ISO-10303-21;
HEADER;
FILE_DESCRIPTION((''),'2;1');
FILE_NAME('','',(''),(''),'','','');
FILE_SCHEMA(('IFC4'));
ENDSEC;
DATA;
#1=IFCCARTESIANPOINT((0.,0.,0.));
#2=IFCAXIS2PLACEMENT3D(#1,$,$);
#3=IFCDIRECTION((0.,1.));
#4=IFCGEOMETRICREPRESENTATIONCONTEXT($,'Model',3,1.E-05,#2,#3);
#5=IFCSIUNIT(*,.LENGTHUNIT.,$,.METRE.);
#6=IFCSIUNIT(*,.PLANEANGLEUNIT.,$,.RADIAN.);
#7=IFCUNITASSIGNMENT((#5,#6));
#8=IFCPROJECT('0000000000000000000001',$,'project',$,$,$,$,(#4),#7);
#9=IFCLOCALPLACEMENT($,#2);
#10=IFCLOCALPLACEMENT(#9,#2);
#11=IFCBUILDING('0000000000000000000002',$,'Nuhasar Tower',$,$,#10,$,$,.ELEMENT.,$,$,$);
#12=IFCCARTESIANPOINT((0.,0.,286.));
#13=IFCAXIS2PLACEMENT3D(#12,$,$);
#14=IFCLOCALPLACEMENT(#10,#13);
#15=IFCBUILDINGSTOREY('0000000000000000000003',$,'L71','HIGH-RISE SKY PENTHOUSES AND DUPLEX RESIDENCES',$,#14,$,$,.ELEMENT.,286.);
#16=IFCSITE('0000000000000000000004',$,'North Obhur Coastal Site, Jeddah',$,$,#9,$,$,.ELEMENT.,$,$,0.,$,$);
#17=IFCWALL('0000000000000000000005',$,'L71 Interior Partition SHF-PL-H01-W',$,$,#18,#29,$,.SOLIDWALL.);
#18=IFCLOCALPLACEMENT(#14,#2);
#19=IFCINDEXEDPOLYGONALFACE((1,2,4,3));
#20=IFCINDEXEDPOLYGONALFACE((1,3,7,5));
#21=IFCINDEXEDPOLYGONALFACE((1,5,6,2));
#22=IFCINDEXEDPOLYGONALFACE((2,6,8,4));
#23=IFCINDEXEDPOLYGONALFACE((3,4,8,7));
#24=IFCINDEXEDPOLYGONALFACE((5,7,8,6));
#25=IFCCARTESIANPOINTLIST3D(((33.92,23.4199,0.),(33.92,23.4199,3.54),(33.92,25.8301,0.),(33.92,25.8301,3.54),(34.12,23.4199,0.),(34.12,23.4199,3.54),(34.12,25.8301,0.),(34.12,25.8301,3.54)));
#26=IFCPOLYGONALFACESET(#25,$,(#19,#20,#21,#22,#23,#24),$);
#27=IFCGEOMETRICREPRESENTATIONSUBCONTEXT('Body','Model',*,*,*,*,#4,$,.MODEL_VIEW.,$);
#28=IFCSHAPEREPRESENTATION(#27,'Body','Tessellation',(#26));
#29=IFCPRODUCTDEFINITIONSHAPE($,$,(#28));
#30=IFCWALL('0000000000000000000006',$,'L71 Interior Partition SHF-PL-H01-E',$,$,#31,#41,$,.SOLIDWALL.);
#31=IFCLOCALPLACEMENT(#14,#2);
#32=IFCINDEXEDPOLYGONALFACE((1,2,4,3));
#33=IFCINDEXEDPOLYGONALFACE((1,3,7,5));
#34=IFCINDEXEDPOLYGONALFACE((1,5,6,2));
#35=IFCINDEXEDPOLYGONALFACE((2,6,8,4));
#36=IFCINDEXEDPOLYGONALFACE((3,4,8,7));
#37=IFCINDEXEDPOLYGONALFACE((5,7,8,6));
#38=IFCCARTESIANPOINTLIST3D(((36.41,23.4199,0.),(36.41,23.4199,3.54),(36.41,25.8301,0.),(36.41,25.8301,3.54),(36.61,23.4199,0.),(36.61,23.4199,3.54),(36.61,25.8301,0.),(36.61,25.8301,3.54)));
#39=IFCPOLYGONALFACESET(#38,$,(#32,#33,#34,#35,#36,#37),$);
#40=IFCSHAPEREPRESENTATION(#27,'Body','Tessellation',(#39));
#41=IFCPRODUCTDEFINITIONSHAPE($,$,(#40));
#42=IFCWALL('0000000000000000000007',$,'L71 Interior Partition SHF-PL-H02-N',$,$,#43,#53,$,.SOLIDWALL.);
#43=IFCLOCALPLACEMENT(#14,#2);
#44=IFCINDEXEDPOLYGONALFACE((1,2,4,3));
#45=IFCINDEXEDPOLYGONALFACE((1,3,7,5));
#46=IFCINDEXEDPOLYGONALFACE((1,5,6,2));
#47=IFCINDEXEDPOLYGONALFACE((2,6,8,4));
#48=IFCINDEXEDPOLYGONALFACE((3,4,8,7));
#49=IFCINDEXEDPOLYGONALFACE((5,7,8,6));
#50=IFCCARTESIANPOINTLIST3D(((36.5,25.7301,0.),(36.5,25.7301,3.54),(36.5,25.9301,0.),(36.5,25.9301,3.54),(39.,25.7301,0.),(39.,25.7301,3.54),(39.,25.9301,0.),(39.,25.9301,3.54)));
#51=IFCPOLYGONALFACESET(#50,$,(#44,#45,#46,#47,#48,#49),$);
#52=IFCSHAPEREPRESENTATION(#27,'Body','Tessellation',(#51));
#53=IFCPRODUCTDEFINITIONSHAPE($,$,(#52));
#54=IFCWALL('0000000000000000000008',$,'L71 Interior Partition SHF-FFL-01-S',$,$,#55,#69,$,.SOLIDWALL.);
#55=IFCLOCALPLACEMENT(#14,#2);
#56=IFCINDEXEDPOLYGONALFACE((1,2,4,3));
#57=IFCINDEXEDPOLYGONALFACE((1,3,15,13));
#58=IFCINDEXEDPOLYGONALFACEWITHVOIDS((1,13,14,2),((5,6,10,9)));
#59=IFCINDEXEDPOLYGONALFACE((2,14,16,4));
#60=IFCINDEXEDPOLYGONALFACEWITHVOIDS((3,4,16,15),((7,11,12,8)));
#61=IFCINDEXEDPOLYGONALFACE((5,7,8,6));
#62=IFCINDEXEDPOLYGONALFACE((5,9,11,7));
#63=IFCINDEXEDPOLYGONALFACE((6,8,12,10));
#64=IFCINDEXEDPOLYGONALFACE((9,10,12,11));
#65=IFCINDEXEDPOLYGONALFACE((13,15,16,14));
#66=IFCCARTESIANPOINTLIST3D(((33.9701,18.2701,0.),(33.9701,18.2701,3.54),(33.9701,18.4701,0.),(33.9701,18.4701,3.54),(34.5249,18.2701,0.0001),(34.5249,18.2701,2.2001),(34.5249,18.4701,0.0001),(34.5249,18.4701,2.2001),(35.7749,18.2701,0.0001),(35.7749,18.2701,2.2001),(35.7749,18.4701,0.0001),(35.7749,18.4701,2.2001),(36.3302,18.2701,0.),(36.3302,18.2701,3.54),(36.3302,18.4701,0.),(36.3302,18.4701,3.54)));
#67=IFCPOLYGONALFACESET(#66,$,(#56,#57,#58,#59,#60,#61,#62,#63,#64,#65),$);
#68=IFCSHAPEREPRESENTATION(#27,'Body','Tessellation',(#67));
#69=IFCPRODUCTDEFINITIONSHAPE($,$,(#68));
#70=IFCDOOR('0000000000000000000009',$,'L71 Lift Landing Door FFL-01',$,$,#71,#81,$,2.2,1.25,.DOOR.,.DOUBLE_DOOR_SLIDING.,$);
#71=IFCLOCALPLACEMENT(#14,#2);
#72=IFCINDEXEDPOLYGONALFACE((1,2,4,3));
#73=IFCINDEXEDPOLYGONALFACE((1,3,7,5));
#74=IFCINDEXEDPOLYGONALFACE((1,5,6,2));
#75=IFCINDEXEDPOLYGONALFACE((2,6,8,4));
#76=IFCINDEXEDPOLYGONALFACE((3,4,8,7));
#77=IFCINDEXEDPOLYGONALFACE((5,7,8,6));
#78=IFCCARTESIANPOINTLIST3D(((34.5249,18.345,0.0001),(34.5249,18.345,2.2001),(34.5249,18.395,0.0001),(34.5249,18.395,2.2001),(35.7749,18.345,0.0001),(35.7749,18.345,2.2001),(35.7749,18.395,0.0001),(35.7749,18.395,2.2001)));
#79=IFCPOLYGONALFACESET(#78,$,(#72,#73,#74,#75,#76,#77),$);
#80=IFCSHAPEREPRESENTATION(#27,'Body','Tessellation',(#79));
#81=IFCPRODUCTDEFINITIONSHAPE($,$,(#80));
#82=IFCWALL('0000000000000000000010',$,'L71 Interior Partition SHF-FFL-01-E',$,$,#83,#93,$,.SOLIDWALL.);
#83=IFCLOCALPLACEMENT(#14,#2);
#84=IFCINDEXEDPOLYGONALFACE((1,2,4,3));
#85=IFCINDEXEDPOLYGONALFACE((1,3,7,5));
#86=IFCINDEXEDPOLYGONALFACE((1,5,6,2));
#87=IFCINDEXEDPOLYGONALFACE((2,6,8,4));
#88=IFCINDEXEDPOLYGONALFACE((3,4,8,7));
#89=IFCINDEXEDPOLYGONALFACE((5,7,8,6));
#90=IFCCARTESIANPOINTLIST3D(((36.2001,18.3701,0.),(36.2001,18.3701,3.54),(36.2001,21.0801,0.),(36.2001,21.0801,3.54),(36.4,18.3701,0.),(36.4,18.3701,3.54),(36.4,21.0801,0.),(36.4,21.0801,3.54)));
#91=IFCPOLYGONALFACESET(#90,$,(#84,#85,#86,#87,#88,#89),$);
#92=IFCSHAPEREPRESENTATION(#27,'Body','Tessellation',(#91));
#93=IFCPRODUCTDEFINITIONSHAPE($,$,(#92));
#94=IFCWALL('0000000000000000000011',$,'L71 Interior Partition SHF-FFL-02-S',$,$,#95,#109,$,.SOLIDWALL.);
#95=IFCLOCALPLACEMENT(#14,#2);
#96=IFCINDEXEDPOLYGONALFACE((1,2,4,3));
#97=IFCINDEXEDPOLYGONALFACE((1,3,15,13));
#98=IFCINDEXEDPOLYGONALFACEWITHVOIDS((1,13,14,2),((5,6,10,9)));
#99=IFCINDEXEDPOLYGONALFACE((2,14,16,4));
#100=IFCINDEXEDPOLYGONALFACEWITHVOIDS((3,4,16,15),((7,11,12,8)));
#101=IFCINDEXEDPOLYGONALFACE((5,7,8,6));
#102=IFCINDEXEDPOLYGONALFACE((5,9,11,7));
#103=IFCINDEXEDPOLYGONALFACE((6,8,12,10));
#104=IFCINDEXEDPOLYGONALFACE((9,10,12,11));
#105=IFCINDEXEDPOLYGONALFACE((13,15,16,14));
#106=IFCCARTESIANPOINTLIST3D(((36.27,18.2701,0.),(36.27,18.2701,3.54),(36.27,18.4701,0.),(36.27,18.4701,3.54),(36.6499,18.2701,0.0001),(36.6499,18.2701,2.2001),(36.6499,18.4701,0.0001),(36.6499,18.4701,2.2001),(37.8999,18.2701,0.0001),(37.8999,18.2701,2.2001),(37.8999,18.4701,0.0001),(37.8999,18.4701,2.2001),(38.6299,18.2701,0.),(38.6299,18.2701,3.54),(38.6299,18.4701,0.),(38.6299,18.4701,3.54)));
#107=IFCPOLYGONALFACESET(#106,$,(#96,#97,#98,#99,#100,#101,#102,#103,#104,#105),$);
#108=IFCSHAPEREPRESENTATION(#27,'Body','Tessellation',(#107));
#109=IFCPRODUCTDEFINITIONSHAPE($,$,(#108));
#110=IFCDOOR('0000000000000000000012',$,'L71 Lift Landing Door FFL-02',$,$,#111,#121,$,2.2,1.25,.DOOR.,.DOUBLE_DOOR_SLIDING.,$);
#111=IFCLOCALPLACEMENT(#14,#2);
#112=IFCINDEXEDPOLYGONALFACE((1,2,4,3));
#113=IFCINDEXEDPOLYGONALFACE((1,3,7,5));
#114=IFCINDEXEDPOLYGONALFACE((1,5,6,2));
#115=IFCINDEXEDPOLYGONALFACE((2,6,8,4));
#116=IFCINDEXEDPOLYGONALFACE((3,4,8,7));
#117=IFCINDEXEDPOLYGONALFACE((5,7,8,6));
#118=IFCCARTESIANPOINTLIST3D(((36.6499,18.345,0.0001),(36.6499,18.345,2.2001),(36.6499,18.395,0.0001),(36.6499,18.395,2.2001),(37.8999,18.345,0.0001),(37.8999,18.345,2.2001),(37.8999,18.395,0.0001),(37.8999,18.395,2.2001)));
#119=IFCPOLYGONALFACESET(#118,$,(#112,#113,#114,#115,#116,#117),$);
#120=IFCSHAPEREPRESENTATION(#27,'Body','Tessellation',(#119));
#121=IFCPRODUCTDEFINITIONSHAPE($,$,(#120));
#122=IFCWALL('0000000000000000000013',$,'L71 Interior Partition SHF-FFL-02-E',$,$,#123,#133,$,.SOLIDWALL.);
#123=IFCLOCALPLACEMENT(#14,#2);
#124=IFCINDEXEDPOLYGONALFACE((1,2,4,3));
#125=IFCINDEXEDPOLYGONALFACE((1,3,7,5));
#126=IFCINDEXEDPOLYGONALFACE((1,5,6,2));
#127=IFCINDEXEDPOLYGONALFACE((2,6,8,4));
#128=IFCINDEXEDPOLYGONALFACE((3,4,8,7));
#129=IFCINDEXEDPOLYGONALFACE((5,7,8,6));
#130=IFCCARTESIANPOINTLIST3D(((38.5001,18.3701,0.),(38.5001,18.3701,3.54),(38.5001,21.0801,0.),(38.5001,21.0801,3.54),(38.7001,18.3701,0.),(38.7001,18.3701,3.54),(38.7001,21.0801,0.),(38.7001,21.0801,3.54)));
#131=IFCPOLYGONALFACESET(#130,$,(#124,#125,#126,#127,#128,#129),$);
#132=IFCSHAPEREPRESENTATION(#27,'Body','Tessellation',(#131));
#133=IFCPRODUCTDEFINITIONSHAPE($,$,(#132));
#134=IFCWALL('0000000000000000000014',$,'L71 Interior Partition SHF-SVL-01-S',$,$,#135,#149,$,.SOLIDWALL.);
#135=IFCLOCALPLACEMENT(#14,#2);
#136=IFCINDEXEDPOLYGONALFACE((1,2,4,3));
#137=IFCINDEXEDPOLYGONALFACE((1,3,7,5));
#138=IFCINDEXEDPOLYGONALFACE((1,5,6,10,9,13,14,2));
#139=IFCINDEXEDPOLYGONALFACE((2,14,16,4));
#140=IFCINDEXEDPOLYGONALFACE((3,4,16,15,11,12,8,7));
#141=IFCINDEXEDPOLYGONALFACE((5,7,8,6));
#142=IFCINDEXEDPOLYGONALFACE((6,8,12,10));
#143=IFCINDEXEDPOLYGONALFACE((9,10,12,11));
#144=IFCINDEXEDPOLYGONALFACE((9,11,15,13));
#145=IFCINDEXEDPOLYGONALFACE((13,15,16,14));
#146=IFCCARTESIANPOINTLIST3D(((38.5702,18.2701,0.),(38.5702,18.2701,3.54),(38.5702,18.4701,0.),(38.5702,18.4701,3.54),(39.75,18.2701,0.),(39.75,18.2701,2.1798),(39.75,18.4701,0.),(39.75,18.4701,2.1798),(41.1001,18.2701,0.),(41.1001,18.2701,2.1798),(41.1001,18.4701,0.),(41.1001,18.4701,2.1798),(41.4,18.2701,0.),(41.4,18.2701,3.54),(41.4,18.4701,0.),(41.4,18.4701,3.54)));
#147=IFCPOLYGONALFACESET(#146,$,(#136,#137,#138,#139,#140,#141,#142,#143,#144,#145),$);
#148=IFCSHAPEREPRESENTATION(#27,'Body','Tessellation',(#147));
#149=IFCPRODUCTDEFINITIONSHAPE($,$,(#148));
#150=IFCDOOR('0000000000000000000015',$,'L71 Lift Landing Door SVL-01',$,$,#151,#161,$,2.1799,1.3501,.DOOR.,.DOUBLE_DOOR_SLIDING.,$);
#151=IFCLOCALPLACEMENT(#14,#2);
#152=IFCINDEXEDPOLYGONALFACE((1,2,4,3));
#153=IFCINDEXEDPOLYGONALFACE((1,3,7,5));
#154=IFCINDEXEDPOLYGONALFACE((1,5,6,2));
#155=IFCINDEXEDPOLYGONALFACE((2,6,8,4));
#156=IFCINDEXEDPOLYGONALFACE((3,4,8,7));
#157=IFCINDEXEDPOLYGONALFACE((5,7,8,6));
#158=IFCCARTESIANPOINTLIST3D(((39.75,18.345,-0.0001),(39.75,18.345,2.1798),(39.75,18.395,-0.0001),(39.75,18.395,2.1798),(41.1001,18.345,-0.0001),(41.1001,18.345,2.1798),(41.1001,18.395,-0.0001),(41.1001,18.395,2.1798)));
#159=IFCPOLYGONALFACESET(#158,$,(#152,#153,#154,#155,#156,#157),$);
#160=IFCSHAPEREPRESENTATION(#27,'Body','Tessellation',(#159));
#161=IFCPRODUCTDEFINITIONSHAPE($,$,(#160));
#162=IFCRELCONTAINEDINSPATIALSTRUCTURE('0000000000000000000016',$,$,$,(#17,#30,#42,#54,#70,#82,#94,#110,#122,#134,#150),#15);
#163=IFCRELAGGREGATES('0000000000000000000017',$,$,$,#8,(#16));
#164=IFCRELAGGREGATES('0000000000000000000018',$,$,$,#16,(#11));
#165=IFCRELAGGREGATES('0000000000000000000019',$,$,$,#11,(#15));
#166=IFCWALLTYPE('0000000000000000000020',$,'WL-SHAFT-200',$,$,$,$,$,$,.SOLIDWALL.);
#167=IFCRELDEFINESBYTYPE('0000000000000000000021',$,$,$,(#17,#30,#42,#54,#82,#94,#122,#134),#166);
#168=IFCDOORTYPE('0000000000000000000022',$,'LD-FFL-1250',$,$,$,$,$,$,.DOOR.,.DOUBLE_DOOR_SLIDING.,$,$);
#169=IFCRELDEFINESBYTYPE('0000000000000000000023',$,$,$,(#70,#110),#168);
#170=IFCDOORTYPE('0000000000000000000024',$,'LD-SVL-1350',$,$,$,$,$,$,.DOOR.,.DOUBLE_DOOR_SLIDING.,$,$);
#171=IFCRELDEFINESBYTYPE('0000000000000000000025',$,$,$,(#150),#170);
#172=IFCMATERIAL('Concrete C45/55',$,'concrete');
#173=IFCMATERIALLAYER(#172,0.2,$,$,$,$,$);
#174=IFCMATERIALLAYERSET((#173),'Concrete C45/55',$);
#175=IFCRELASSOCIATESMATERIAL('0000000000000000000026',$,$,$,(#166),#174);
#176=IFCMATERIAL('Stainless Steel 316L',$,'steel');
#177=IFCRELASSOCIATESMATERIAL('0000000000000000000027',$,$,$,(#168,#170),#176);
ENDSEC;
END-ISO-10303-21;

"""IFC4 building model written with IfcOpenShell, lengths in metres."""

from ifc_helpers import new_model, si_unit, direction, frame, frame_2d, origin, place, context, subcontext, project, spatial, rectangle, extrude, material, layer, layer_set, type_object, element, fill, save


model = new_model("IFC4")

# Units and contexts
model_context = context("Model", 3, precision=1e-05, world=origin(), true_north=direction((0.0, 1.0)))
body_context = subcontext(model_context, "Body", "Model", "MODEL_VIEW")
ifc_project = project(units=[si_unit("LENGTHUNIT", "METRE"), si_unit("PLANEANGLEUNIT", "RADIAN")], contexts=[model_context])

# Site, building, storey
site_placement = place(None, origin())
site = spatial("IfcSite", under=ifc_project, at=site_placement, Name="North Obhur Coastal Site, Jeddah", CompositionType="ELEMENT", RefElevation=0.0)
building_placement = place(site_placement, origin())
building = spatial("IfcBuilding", under=site, at=building_placement, Name="Nuhasar Tower", CompositionType="ELEMENT")
storey_placement = place(building_placement, frame((0.0, 0.0, 286.0)))
storey = spatial("IfcBuildingStorey", under=building, at=storey_placement, Name="L71", Description="HIGH-RISE SKY PENTHOUSES AND DUPLEX RESIDENCES", CompositionType="ELEMENT", Elevation=286.0)

# Shared definitions
ifc_material_1 = material(Name="Concrete C45/55", Category="concrete")

# Shared definitions
ifc_layer_1 = layer(ifc_material_1, 0.2)
ifc_layer_set_1 = layer_set([ifc_layer_1], Name="Concrete C45/55")
wall_type_1 = type_object("IfcWallType", Name="WL-SHAFT-200", PredefinedType="SOLIDWALL", material=ifc_layer_set_1)
ifc_material_2 = material(Name="Stainless Steel 316L", Category="steel")

# Walls
for number, where, z_axis, x_axis, name in (
    (1, (34.02, 23.4199, 0.0), (0.0, 0.0, 1.0), (0.0, 1.0, 0.0), "L71 Interior Partition SHF-PL-H01-W"),
    (2, (36.51, 23.4199, 0.0), (0.0, 0.0, 1.0), (0.0, 1.0, 0.0), "L71 Interior Partition SHF-PL-H01-E"),
):
    element("IfcWall", number, at=place(storey_placement, frame(where, z_axis=z_axis, x_axis=x_axis)), inside=storey, type_object=wall_type_1, Name=name, PredefinedType="SOLIDWALL", context=body_context, shape_type="SweptSolid", body=[
        extrude(rectangle(XDim=2.4102, YDim=0.2, at=frame_2d((1.2051, 0.0))), origin(), (0.0, 0.0, 1.0), 3.54),
    ])

# Wall
wall_1_placement = place(storey_placement, frame((36.5, 25.8301, 0.0), z_axis=(0.0, 0.0, 1.0), x_axis=(1.0, 0.0, 0.0)))
element("IfcWall", 3, at=wall_1_placement, inside=storey, type_object=wall_type_1, Name="L71 Interior Partition SHF-PL-H02-N", PredefinedType="SOLIDWALL", context=body_context, shape_type="SweptSolid", body=[
    extrude(rectangle(XDim=2.5, YDim=0.2, at=frame_2d((1.25, 0.0))), origin(), (0.0, 0.0, 1.0), 3.54),
])

# Wall, opening, door
wall_2_placement = place(storey_placement, frame((33.97, 18.3701, 0.0), z_axis=(0.0, 0.0, 1.0), x_axis=(1.0, 0.0, 0.0)))
wall_2 = element("IfcWall", 4, at=wall_2_placement, inside=storey, type_object=wall_type_1, Name="L71 Interior Partition SHF-FFL-01-S", PredefinedType="SOLIDWALL", context=body_context, shape_type="SweptSolid", body=[
    extrude(rectangle(XDim=2.3601, YDim=0.2, at=frame_2d((1.1802, 0.0))), origin(), (0.0, 0.0, 1.0), 3.54),
])
opening_1_placement = place(wall_2_placement, frame((0.5549, 0.0, 0.0)))
opening_1 = element("IfcOpeningElement", 5, at=opening_1_placement, cuts=wall_2, PredefinedType="OPENING", context=body_context, shape_type="SweptSolid", body=[
    extrude(rectangle(XDim=1.25, YDim=2.2, at=frame_2d((0.625, 1.1001))), frame((0.0, 0.1099, 0.0), z_axis=(0.0, -1.0, 0.0), x_axis=(1.0, 0.0, 0.0)), (0.0, 0.0, 1.0), 0.22),
])
door_type_1 = type_object("IfcDoorType", Name="LD-FFL-1250", OperationType="DOUBLE_DOOR_SLIDING", PredefinedType="DOOR", material=ifc_material_2)
door_1_placement = place(opening_1_placement, origin())
door_1 = element("IfcDoor", 6, at=door_1_placement, inside=storey, type_object=door_type_1, Name="L71 Lift Landing Door FFL-01", OperationType="DOUBLE_DOOR_SLIDING", OverallHeight=2.2, OverallWidth=1.25, PredefinedType="DOOR", context=body_context, shape_type="SweptSolid", body=[
    extrude(rectangle(XDim=1.25, YDim=2.2, at=frame_2d((0.625, 1.1001))), frame((0.0, 0.0249, 0.0), z_axis=(0.0, -1.0, 0.0), x_axis=(1.0, 0.0, 0.0)), (0.0, 0.0, 1.0), 0.05),
])
fill(opening_1, door_1)

# Wall
wall_3_placement = place(storey_placement, frame((36.3, 18.3701, 0.0), z_axis=(0.0, 0.0, 1.0), x_axis=(0.0, 1.0, 0.0)))
element("IfcWall", 7, at=wall_3_placement, inside=storey, type_object=wall_type_1, Name="L71 Interior Partition SHF-FFL-01-E", PredefinedType="SOLIDWALL", context=body_context, shape_type="SweptSolid", body=[
    extrude(rectangle(XDim=2.71, YDim=0.2, at=frame_2d((1.355, 0.0))), origin(), (0.0, 0.0, 1.0), 3.54),
])

# Wall, opening, door
wall_4_placement = place(storey_placement, frame((36.27, 18.3701, 0.0), z_axis=(0.0, 0.0, 1.0), x_axis=(1.0, 0.0, 0.0)))
wall_4 = element("IfcWall", 8, at=wall_4_placement, inside=storey, type_object=wall_type_1, Name="L71 Interior Partition SHF-FFL-02-S", PredefinedType="SOLIDWALL", context=body_context, shape_type="SweptSolid", body=[
    extrude(rectangle(XDim=2.3599, YDim=0.2, at=frame_2d((1.1799, 0.0))), origin(), (0.0, 0.0, 1.0), 3.54),
])
opening_2_placement = place(wall_4_placement, frame((0.3799, 0.0, 0.0)))
opening_2 = element("IfcOpeningElement", 9, at=opening_2_placement, cuts=wall_4, PredefinedType="OPENING", context=body_context, shape_type="SweptSolid", body=[
    extrude(rectangle(XDim=1.25, YDim=2.2, at=frame_2d((0.625, 1.1001))), frame((0.0, 0.1099, 0.0), z_axis=(0.0, -1.0, 0.0), x_axis=(1.0, 0.0, 0.0)), (0.0, 0.0, 1.0), 0.22),
])
door_2_placement = place(opening_2_placement, origin())
door_2 = element("IfcDoor", 10, at=door_2_placement, inside=storey, type_object=door_type_1, Name="L71 Lift Landing Door FFL-02", OperationType="DOUBLE_DOOR_SLIDING", OverallHeight=2.2, OverallWidth=1.25, PredefinedType="DOOR", context=body_context, shape_type="SweptSolid", body=[
    extrude(rectangle(XDim=1.25, YDim=2.2, at=frame_2d((0.625, 1.1001))), frame((0.0, 0.0249, 0.0), z_axis=(0.0, -1.0, 0.0), x_axis=(1.0, 0.0, 0.0)), (0.0, 0.0, 1.0), 0.05),
])
fill(opening_2, door_2)

# Wall
wall_5_placement = place(storey_placement, frame((38.6001, 18.3701, 0.0), z_axis=(0.0, 0.0, 1.0), x_axis=(0.0, 1.0, 0.0)))
element("IfcWall", 11, at=wall_5_placement, inside=storey, type_object=wall_type_1, Name="L71 Interior Partition SHF-FFL-02-E", PredefinedType="SOLIDWALL", context=body_context, shape_type="SweptSolid", body=[
    extrude(rectangle(XDim=2.71, YDim=0.2, at=frame_2d((1.355, 0.0))), origin(), (0.0, 0.0, 1.0), 3.54),
])

# Wall, opening, door
wall_6_placement = place(storey_placement, frame((38.5701, 18.3701, 0.0), z_axis=(0.0, 0.0, 1.0), x_axis=(1.0, 0.0, 0.0)))
wall_6 = element("IfcWall", 12, at=wall_6_placement, inside=storey, type_object=wall_type_1, Name="L71 Interior Partition SHF-SVL-01-S", PredefinedType="SOLIDWALL", context=body_context, shape_type="SweptSolid", body=[
    extrude(rectangle(XDim=2.8298, YDim=0.2, at=frame_2d((1.415, 0.0))), origin(), (0.0, 0.0, 1.0), 3.54),
])
opening_3_placement = place(wall_6_placement, frame((1.1799, 0.0, 0.0)))
opening_3 = element("IfcOpeningElement", 13, at=opening_3_placement, cuts=wall_6, PredefinedType="OPENING", context=body_context, shape_type="SweptSolid", body=[
    extrude(rectangle(XDim=1.3501, YDim=2.1799, at=frame_2d((0.675, 1.0898))), frame((0.0, 0.1099, 0.0), z_axis=(0.0, -1.0, 0.0), x_axis=(1.0, 0.0, 0.0)), (0.0, 0.0, 1.0), 0.22),
])
door_type_2 = type_object("IfcDoorType", Name="LD-SVL-1350", OperationType="DOUBLE_DOOR_SLIDING", PredefinedType="DOOR", material=ifc_material_2)
door_3_placement = place(opening_3_placement, origin())
door_3 = element("IfcDoor", 14, at=door_3_placement, inside=storey, type_object=door_type_2, Name="L71 Lift Landing Door SVL-01", OperationType="DOUBLE_DOOR_SLIDING", OverallHeight=2.1799, OverallWidth=1.3501, PredefinedType="DOOR", context=body_context, shape_type="SweptSolid", body=[
    extrude(rectangle(XDim=1.3501, YDim=2.1799, at=frame_2d((0.675, 1.0898))), frame((0.0, 0.0249, 0.0), z_axis=(0.0, -1.0, 0.0), x_axis=(1.0, 0.0, 0.0)), (0.0, 0.0, 1.0), 0.05),
])
fill(opening_3, door_3)

save(model, "model.ifc")
